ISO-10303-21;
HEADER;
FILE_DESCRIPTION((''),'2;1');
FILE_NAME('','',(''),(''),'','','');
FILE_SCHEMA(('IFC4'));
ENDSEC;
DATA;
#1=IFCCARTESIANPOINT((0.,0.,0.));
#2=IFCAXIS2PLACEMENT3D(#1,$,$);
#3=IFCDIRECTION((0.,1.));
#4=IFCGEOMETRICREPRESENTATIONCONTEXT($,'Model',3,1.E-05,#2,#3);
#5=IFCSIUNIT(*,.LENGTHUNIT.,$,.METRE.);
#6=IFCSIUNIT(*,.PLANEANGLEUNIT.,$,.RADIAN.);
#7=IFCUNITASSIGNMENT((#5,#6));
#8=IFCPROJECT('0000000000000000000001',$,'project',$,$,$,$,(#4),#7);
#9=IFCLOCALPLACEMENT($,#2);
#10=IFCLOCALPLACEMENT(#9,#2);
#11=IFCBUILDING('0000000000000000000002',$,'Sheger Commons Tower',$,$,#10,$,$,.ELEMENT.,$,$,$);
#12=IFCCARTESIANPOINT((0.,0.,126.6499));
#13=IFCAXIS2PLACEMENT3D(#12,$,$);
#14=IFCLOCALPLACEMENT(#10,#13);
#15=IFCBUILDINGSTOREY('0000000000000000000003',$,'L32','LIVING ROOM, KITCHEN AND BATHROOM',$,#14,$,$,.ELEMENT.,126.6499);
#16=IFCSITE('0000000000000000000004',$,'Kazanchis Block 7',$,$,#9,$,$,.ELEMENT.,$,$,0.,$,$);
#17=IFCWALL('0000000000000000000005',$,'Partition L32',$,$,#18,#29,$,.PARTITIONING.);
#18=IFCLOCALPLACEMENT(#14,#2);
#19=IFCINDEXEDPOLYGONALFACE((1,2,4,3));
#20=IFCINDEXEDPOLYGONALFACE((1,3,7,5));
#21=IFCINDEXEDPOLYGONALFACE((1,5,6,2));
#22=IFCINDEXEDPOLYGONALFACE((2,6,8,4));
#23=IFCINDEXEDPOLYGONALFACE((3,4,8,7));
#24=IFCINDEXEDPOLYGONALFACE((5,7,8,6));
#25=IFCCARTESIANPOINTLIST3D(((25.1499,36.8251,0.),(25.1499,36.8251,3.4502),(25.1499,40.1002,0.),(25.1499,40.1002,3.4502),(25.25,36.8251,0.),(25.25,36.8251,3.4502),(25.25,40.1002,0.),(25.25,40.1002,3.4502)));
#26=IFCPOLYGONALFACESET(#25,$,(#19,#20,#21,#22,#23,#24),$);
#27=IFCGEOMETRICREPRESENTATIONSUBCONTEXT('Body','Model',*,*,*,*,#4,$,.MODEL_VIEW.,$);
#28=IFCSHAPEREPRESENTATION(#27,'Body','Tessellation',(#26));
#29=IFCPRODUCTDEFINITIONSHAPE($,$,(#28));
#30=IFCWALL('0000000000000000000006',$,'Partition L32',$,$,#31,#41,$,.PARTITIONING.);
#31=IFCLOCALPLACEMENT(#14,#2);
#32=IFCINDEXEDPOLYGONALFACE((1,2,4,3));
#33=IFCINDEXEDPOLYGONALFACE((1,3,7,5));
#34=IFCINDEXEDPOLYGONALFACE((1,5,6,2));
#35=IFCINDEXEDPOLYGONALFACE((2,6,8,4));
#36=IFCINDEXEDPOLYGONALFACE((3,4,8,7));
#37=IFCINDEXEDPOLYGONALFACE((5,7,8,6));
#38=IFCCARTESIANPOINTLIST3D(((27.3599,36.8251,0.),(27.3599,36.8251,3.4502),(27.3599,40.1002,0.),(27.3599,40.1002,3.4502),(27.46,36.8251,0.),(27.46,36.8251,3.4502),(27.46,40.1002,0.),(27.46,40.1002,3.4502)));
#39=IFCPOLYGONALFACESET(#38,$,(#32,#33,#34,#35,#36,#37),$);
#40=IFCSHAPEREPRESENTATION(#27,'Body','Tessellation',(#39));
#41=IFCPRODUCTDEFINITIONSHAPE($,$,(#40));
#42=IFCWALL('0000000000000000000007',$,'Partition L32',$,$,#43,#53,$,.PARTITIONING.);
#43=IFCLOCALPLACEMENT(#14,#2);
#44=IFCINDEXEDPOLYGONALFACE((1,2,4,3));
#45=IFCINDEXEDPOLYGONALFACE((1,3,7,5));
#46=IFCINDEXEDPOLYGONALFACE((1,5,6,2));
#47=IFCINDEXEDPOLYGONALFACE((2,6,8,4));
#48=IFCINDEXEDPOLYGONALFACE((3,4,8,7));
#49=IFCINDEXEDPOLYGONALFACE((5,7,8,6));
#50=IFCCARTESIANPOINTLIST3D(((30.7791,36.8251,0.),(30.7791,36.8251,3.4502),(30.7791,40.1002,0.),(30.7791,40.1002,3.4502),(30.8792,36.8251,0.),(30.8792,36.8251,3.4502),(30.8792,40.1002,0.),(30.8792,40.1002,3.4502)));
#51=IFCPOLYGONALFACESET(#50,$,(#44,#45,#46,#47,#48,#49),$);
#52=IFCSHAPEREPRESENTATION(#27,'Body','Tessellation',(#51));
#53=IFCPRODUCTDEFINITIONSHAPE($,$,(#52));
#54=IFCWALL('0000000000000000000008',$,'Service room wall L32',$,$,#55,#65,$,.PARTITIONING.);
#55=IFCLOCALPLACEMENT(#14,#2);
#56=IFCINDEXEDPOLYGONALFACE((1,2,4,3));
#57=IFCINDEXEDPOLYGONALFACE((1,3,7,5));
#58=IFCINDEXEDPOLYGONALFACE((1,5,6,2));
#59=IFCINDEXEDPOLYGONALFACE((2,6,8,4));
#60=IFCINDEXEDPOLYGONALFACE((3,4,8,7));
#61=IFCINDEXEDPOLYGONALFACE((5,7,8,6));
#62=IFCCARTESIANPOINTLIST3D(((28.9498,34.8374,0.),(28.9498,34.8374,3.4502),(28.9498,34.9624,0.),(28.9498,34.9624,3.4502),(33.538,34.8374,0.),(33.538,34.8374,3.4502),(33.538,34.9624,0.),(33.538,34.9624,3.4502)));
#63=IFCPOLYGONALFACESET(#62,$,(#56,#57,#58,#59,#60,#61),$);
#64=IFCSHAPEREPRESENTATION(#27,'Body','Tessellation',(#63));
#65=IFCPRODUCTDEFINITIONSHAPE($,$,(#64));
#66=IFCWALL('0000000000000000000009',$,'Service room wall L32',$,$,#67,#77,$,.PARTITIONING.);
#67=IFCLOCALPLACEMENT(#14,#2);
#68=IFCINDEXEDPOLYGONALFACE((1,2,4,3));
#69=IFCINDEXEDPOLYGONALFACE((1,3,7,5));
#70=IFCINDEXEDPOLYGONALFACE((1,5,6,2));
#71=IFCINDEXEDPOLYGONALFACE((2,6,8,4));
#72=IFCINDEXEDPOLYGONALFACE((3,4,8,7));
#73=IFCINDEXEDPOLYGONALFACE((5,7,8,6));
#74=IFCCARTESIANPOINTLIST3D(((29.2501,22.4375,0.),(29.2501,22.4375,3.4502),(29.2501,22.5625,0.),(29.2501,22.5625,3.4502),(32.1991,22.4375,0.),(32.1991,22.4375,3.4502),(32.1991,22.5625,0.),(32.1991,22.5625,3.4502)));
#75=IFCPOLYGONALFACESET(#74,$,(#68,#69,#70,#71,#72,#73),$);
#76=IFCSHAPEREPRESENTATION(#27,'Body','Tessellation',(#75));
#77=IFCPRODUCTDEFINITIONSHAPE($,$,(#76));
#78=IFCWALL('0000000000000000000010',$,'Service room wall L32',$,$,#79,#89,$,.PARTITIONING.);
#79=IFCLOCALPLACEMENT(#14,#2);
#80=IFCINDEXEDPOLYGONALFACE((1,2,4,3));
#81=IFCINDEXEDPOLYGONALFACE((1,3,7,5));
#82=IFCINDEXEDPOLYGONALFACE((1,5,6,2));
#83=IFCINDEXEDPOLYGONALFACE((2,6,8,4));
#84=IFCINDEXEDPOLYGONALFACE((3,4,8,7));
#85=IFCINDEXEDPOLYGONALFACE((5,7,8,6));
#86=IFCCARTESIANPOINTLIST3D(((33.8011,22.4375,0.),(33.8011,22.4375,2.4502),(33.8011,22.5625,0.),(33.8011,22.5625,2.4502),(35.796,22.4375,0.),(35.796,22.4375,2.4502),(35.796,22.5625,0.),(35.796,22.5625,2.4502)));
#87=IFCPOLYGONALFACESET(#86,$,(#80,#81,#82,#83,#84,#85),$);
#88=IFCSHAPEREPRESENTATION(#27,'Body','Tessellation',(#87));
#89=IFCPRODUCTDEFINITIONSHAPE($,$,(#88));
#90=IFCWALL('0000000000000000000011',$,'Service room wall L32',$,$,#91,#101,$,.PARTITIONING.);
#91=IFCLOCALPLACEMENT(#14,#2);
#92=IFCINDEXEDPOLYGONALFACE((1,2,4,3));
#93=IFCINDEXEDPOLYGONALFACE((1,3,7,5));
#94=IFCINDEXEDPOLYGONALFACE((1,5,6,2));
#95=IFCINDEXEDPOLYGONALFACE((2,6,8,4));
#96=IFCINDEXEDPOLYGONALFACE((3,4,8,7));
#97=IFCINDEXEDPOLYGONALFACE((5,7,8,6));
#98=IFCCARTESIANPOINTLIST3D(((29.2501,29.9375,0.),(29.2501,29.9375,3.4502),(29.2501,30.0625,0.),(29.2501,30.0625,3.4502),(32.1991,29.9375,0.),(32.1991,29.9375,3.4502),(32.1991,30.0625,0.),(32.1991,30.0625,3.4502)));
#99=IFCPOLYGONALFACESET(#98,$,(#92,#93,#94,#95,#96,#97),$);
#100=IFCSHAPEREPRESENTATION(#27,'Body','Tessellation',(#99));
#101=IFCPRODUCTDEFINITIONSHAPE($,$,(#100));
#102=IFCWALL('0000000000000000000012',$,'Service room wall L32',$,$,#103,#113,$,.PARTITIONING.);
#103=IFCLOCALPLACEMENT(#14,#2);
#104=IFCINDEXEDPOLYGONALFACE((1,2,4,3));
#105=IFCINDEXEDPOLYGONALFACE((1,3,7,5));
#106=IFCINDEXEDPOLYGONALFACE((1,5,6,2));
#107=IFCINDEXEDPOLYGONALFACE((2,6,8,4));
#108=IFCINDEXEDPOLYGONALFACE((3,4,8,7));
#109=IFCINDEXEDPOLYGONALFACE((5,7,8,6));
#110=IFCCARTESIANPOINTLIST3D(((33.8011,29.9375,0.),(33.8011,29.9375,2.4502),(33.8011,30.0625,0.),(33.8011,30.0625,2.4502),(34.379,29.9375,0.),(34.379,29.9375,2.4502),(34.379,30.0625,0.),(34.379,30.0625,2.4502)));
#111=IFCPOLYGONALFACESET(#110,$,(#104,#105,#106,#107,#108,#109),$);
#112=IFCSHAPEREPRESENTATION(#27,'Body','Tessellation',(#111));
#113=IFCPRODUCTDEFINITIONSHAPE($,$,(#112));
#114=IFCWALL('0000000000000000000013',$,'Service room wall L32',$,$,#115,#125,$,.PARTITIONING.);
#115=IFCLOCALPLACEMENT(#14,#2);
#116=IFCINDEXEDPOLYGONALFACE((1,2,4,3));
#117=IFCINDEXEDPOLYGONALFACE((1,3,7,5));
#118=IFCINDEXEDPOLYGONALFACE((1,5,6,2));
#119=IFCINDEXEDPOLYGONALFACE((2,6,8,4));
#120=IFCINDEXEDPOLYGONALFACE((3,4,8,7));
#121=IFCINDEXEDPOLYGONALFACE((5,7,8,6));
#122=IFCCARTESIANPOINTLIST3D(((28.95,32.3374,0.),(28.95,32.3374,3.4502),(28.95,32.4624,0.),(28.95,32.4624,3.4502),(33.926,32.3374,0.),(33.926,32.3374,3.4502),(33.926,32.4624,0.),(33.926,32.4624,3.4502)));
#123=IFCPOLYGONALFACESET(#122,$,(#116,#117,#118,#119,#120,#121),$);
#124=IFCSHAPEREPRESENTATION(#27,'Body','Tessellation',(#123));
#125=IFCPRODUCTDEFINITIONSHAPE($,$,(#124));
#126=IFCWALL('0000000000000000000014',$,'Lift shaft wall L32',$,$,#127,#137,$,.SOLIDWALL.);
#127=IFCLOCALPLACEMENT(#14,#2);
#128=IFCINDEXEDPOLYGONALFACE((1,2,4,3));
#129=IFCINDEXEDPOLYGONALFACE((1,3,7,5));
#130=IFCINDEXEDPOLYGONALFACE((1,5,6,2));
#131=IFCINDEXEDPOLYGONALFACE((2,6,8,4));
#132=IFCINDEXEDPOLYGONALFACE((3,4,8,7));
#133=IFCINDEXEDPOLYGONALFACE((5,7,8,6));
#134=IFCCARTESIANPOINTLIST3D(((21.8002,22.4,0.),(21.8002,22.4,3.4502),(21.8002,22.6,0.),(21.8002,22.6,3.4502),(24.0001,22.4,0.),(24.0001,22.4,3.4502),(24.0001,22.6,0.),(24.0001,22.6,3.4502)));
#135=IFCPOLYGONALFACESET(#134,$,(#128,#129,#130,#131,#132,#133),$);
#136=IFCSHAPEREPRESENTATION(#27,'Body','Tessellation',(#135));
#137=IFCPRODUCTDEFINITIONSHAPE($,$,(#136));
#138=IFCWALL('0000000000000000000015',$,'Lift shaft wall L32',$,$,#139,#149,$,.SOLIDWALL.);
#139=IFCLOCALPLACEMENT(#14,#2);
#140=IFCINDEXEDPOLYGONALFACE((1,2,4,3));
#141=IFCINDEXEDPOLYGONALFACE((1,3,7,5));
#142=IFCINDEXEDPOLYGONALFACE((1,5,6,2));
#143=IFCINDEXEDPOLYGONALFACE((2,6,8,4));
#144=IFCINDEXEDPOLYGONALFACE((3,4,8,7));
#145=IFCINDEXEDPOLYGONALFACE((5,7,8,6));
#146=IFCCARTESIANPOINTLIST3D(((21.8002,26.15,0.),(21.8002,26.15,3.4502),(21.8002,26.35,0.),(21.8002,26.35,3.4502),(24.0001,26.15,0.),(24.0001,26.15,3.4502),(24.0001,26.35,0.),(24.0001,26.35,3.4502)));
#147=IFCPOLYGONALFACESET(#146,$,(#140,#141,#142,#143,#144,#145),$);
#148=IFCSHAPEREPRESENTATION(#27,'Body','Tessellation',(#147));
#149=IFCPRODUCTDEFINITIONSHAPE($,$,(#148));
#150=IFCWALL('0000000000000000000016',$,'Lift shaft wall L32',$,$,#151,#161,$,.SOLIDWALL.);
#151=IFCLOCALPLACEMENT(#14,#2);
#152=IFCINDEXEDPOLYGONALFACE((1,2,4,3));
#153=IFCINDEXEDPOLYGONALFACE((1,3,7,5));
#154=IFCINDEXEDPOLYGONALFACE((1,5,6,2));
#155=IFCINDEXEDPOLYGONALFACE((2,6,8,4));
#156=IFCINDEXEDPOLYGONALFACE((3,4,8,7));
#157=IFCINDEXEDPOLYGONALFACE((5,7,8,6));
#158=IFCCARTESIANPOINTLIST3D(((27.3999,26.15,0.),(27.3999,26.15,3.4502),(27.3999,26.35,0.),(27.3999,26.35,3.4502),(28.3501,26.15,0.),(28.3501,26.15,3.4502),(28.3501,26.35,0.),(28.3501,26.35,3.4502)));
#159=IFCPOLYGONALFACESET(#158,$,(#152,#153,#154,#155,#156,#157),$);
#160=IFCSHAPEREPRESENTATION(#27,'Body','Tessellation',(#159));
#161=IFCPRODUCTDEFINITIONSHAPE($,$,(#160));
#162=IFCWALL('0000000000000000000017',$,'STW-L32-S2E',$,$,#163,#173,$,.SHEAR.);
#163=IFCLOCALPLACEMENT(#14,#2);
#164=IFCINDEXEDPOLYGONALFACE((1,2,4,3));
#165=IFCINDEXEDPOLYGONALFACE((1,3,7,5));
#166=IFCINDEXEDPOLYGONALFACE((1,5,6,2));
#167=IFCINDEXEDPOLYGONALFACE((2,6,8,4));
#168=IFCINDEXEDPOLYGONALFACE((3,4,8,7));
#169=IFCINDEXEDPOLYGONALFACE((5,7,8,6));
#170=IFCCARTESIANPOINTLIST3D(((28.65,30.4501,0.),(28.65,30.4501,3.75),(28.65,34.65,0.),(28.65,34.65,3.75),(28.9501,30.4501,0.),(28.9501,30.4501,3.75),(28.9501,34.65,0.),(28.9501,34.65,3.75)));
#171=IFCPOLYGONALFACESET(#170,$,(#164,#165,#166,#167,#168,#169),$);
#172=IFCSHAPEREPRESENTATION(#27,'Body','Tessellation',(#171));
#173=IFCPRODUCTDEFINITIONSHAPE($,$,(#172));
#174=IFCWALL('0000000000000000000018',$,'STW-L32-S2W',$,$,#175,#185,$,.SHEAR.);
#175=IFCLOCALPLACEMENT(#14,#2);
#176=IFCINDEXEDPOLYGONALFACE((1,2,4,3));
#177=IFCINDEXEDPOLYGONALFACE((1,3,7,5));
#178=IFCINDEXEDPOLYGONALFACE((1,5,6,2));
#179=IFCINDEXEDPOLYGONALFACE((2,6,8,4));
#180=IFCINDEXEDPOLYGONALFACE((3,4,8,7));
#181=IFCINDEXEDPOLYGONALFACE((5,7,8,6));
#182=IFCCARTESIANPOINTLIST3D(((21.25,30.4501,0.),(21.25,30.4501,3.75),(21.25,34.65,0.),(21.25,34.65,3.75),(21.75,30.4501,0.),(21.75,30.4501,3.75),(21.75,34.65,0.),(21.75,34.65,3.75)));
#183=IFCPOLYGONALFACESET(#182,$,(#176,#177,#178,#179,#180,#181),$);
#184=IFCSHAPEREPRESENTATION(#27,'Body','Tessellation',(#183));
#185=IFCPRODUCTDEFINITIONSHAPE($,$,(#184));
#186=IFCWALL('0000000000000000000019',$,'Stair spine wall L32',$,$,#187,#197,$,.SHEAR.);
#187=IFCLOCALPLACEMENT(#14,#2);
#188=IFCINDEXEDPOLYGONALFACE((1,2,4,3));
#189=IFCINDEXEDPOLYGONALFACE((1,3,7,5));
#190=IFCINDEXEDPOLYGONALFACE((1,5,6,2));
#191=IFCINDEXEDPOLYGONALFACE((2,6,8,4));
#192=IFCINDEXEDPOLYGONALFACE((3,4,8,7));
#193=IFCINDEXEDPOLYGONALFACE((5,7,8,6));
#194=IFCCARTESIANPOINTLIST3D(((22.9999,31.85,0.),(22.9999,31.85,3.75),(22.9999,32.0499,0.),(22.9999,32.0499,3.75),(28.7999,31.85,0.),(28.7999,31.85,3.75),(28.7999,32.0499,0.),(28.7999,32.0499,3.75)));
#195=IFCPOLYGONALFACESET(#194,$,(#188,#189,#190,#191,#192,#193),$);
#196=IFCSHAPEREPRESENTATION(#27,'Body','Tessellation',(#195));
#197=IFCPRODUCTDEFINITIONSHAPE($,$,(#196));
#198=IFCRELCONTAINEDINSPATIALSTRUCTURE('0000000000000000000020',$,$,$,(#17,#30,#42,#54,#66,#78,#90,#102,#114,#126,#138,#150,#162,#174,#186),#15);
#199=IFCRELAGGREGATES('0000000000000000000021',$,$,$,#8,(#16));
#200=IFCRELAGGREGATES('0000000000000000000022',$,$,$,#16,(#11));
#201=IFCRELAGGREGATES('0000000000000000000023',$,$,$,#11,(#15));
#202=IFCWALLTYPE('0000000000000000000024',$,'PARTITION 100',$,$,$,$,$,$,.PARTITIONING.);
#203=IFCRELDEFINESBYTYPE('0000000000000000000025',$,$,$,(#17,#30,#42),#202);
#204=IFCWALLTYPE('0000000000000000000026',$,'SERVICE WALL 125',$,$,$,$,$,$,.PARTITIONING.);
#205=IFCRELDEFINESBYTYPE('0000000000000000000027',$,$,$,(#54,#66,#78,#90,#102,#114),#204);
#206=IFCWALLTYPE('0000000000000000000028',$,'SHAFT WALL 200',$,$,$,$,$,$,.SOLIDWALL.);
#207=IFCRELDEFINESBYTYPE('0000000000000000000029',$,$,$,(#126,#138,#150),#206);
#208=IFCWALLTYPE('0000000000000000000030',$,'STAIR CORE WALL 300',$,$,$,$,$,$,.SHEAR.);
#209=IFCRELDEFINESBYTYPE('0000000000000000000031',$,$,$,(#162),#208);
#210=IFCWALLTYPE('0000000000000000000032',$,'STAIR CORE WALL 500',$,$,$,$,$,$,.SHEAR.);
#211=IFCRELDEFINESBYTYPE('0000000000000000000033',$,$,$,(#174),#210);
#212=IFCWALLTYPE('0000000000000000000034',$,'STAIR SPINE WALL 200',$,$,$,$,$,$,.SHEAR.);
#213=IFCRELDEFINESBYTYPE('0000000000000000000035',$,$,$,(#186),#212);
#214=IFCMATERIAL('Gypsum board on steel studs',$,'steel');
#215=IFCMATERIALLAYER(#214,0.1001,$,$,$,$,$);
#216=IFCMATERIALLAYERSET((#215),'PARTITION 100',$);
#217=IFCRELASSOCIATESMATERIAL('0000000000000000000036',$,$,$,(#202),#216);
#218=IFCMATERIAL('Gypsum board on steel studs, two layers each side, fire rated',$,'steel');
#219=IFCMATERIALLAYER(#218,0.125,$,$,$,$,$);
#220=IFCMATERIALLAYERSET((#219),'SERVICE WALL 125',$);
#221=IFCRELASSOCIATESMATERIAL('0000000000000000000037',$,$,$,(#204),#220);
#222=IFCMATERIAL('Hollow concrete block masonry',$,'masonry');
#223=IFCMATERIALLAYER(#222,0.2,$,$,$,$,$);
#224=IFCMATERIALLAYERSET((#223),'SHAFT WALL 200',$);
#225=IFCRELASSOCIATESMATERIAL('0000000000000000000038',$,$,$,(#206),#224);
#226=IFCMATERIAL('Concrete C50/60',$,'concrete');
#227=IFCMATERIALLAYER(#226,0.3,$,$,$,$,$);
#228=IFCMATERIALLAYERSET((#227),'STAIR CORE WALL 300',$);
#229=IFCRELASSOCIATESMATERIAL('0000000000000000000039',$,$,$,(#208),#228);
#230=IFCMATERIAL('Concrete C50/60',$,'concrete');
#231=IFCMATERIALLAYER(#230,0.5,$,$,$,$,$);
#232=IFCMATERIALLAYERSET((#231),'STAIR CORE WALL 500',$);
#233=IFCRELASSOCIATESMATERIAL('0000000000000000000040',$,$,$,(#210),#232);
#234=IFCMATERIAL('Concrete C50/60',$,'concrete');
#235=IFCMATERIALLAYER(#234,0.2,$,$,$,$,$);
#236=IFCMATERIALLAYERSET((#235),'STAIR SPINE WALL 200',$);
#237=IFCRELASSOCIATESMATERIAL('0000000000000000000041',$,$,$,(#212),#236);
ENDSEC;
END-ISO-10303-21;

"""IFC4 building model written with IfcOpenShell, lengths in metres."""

from ifc_helpers import new_model, si_unit, direction, frame, frame_2d, origin, place, context, subcontext, project, spatial, rectangle, extrude, material, layer, layer_set, type_object, element, save


model = new_model("IFC4")

# Units and contexts
model_context = context("Model", 3, precision=1e-05, world=origin(), true_north=direction((0.0, 1.0)))
body_context = subcontext(model_context, "Body", "Model", "MODEL_VIEW")
ifc_project = project(units=[si_unit("LENGTHUNIT", "METRE"), si_unit("PLANEANGLEUNIT", "RADIAN")], contexts=[model_context])

# Site, building, storey
site_placement = place(None, origin())
site = spatial("IfcSite", under=ifc_project, at=site_placement, Name="Kazanchis Block 7", CompositionType="ELEMENT", RefElevation=0.0)
building_placement = place(site_placement, origin())
building = spatial("IfcBuilding", under=site, at=building_placement, Name="Sheger Commons Tower", CompositionType="ELEMENT")
storey_placement = place(building_placement, frame((0.0, 0.0, 126.6499)))
storey = spatial("IfcBuildingStorey", under=building, at=storey_placement, Name="L32", Description="LIVING ROOM, KITCHEN AND BATHROOM", CompositionType="ELEMENT", Elevation=126.6499)

# Walls
ifc_material_1 = material(Name="Gypsum board on steel studs", Category="steel")
ifc_layer_1 = layer(ifc_material_1, 0.1001)
ifc_layer_set_1 = layer_set([ifc_layer_1], Name="PARTITION 100")
wall_type_1 = type_object("IfcWallType", Name="PARTITION 100", PredefinedType="PARTITIONING", material=ifc_layer_set_1)
for number, where, z_axis, x_axis, name in (
    (1, (25.2, 36.825, 0.0), (0.0, 0.0, 1.0), (0.0, 1.0, 0.0), "Partition L32"),
    (2, (27.4099, 36.825, 0.0), (0.0, 0.0, 1.0), (0.0, 1.0, 0.0), "Partition L32"),
    (3, (30.8291, 36.825, 0.0), (0.0, 0.0, 1.0), (0.0, 1.0, 0.0), "Partition L32"),
):
    element("IfcWall", number, at=place(storey_placement, frame(where, z_axis=z_axis, x_axis=x_axis)), inside=storey, type_object=wall_type_1, Name=name, PredefinedType="PARTITIONING", context=body_context, shape_type="SweptSolid", body=[
        extrude(rectangle(XDim=3.2751, YDim=0.1001, at=frame_2d((1.6377, 0.0))), origin(), (0.0, 0.0, 1.0), 3.4502),
    ])
ifc_material_2 = material(Name="Gypsum board on steel studs, two layers each side, fire rated", Category="steel")
ifc_layer_2 = layer(ifc_material_2, 0.125)
ifc_layer_set_2 = layer_set([ifc_layer_2], Name="SERVICE WALL 125")
wall_type_2 = type_object("IfcWallType", Name="SERVICE WALL 125", PredefinedType="PARTITIONING", material=ifc_layer_set_2)
wall_1_placement = place(storey_placement, frame((28.95, 34.8999, 0.0), z_axis=(0.0, 0.0, 1.0), x_axis=(1.0, 0.0, 0.0)))
element("IfcWall", 4, at=wall_1_placement, inside=storey, type_object=wall_type_2, Name="Service room wall L32", PredefinedType="PARTITIONING", context=body_context, shape_type="SweptSolid", body=[
    extrude(rectangle(XDim=4.5881, YDim=0.125, at=frame_2d((2.2939, 0.0))), origin(), (0.0, 0.0, 1.0), 3.4502),
])
wall_2_placement = place(storey_placement, frame((29.25, 22.5, 0.0), z_axis=(0.0, 0.0, 1.0), x_axis=(1.0, 0.0, 0.0)))
element("IfcWall", 5, at=wall_2_placement, inside=storey, type_object=wall_type_2, Name="Service room wall L32", PredefinedType="PARTITIONING", context=body_context, shape_type="SweptSolid", body=[
    extrude(rectangle(XDim=2.949, YDim=0.125, at=frame_2d((1.4746, 0.0))), origin(), (0.0, 0.0, 1.0), 3.4502),
])
wall_3_placement = place(storey_placement, frame((33.801, 22.5, 0.0), z_axis=(0.0, 0.0, 1.0), x_axis=(1.0, 0.0, 0.0)))
element("IfcWall", 6, at=wall_3_placement, inside=storey, type_object=wall_type_2, Name="Service room wall L32", PredefinedType="PARTITIONING", context=body_context, shape_type="SweptSolid", body=[
    extrude(rectangle(XDim=1.9949, YDim=0.125, at=frame_2d((0.9976, 0.0))), origin(), (0.0, 0.0, 1.0), 2.4502),
])
wall_4_placement = place(storey_placement, frame((29.25, 30.0, 0.0), z_axis=(0.0, 0.0, 1.0), x_axis=(1.0, 0.0, 0.0)))
element("IfcWall", 7, at=wall_4_placement, inside=storey, type_object=wall_type_2, Name="Service room wall L32", PredefinedType="PARTITIONING", context=body_context, shape_type="SweptSolid", body=[
    extrude(rectangle(XDim=2.949, YDim=0.125, at=frame_2d((1.4746, 0.0))), origin(), (0.0, 0.0, 1.0), 3.4502),
])
wall_5_placement = place(storey_placement, frame((33.801, 30.0, 0.0), z_axis=(0.0, 0.0, 1.0), x_axis=(1.0, 0.0, 0.0)))
element("IfcWall", 8, at=wall_5_placement, inside=storey, type_object=wall_type_2, Name="Service room wall L32", PredefinedType="PARTITIONING", context=body_context, shape_type="SweptSolid", body=[
    extrude(rectangle(XDim=0.5779, YDim=0.125, at=frame_2d((0.2891, 0.0))), origin(), (0.0, 0.0, 1.0), 2.4502),
])
wall_6_placement = place(storey_placement, frame((28.95, 32.3999, 0.0), z_axis=(0.0, 0.0, 1.0), x_axis=(1.0, 0.0, 0.0)))
element("IfcWall", 9, at=wall_6_placement, inside=storey, type_object=wall_type_2, Name="Service room wall L32", PredefinedType="PARTITIONING", context=body_context, shape_type="SweptSolid", body=[
    extrude(rectangle(XDim=4.9761, YDim=0.125, at=frame_2d((2.488, 0.0))), origin(), (0.0, 0.0, 1.0), 3.4502),
])
ifc_material_3 = material(Name="Hollow concrete block masonry", Category="masonry")
ifc_layer_3 = layer(ifc_material_3, 0.2)
ifc_layer_set_3 = layer_set([ifc_layer_3], Name="SHAFT WALL 200")
wall_type_3 = type_object("IfcWallType", Name="SHAFT WALL 200", PredefinedType="SOLIDWALL", material=ifc_layer_set_3)
for number, where, z_axis, x_axis, name in (
    (10, (21.8, 22.5, 0.0), (0.0, 0.0, 1.0), (1.0, 0.0, 0.0), "Lift shaft wall L32"),
    (11, (21.8, 26.25, 0.0), (0.0, 0.0, 1.0), (1.0, 0.0, 0.0), "Lift shaft wall L32"),
):
    element("IfcWall", number, at=place(storey_placement, frame(where, z_axis=z_axis, x_axis=x_axis)), inside=storey, type_object=wall_type_3, Name=name, PredefinedType="SOLIDWALL", context=body_context, shape_type="SweptSolid", body=[
        extrude(rectangle(XDim=2.2, YDim=0.2, at=frame_2d((1.1001, 0.0))), origin(), (0.0, 0.0, 1.0), 3.4502),
    ])
wall_7_placement = place(storey_placement, frame((27.3999, 26.25, 0.0), z_axis=(0.0, 0.0, 1.0), x_axis=(1.0, 0.0, 0.0)))
element("IfcWall", 12, at=wall_7_placement, inside=storey, type_object=wall_type_3, Name="Lift shaft wall L32", PredefinedType="SOLIDWALL", context=body_context, shape_type="SweptSolid", body=[
    extrude(rectangle(XDim=0.9502, YDim=0.2, at=frame_2d((0.4751, 0.0))), origin(), (0.0, 0.0, 1.0), 3.4502),
])
ifc_material_4 = material(Name="Concrete C50/60", Category="concrete")
ifc_layer_4 = layer(ifc_material_4, 0.3)
ifc_layer_set_4 = layer_set([ifc_layer_4], Name="STAIR CORE WALL 300")
wall_type_4 = type_object("IfcWallType", Name="STAIR CORE WALL 300", PredefinedType="SHEAR", material=ifc_layer_set_4)
wall_8_placement = place(storey_placement, frame((28.8, 30.45, 0.0), z_axis=(0.0, 0.0, 1.0), x_axis=(0.0, 1.0, 0.0)))
element("IfcWall", 13, at=wall_8_placement, inside=storey, type_object=wall_type_4, Name="STW-L32-S2E", PredefinedType="SHEAR", context=body_context, shape_type="SweptSolid", body=[
    extrude(rectangle(XDim=4.2, YDim=0.3, at=frame_2d((2.1001, 0.0))), origin(), (0.0, 0.0, 1.0), 3.75),
])
ifc_material_5 = material(Name="Concrete C50/60", Category="concrete")
ifc_layer_5 = layer(ifc_material_5, 0.5)
ifc_layer_set_5 = layer_set([ifc_layer_5], Name="STAIR CORE WALL 500")
wall_type_5 = type_object("IfcWallType", Name="STAIR CORE WALL 500", PredefinedType="SHEAR", material=ifc_layer_set_5)
wall_9_placement = place(storey_placement, frame((21.5, 30.45, 0.0), z_axis=(0.0, 0.0, 1.0), x_axis=(0.0, 1.0, 0.0)))
element("IfcWall", 14, at=wall_9_placement, inside=storey, type_object=wall_type_5, Name="STW-L32-S2W", PredefinedType="SHEAR", context=body_context, shape_type="SweptSolid", body=[
    extrude(rectangle(XDim=4.2, YDim=0.5, at=frame_2d((2.1001, 0.0))), origin(), (0.0, 0.0, 1.0), 3.75),
])
ifc_material_6 = material(Name="Concrete C50/60", Category="concrete")
ifc_layer_6 = layer(ifc_material_6, 0.2)
ifc_layer_set_6 = layer_set([ifc_layer_6], Name="STAIR SPINE WALL 200")
wall_type_6 = type_object("IfcWallType", Name="STAIR SPINE WALL 200", PredefinedType="SHEAR", material=ifc_layer_set_6)
wall_10_placement = place(storey_placement, frame((23.0, 31.95, 0.0), z_axis=(0.0, 0.0, 1.0), x_axis=(1.0, 0.0, 0.0)))
element("IfcWall", 15, at=wall_10_placement, inside=storey, type_object=wall_type_6, Name="Stair spine wall L32", PredefinedType="SHEAR", context=body_context, shape_type="SweptSolid", body=[
    extrude(rectangle(XDim=5.8, YDim=0.2, at=frame_2d((2.8999, 0.0))), origin(), (0.0, 0.0, 1.0), 3.75),
])

save(model, "model.ifc")
